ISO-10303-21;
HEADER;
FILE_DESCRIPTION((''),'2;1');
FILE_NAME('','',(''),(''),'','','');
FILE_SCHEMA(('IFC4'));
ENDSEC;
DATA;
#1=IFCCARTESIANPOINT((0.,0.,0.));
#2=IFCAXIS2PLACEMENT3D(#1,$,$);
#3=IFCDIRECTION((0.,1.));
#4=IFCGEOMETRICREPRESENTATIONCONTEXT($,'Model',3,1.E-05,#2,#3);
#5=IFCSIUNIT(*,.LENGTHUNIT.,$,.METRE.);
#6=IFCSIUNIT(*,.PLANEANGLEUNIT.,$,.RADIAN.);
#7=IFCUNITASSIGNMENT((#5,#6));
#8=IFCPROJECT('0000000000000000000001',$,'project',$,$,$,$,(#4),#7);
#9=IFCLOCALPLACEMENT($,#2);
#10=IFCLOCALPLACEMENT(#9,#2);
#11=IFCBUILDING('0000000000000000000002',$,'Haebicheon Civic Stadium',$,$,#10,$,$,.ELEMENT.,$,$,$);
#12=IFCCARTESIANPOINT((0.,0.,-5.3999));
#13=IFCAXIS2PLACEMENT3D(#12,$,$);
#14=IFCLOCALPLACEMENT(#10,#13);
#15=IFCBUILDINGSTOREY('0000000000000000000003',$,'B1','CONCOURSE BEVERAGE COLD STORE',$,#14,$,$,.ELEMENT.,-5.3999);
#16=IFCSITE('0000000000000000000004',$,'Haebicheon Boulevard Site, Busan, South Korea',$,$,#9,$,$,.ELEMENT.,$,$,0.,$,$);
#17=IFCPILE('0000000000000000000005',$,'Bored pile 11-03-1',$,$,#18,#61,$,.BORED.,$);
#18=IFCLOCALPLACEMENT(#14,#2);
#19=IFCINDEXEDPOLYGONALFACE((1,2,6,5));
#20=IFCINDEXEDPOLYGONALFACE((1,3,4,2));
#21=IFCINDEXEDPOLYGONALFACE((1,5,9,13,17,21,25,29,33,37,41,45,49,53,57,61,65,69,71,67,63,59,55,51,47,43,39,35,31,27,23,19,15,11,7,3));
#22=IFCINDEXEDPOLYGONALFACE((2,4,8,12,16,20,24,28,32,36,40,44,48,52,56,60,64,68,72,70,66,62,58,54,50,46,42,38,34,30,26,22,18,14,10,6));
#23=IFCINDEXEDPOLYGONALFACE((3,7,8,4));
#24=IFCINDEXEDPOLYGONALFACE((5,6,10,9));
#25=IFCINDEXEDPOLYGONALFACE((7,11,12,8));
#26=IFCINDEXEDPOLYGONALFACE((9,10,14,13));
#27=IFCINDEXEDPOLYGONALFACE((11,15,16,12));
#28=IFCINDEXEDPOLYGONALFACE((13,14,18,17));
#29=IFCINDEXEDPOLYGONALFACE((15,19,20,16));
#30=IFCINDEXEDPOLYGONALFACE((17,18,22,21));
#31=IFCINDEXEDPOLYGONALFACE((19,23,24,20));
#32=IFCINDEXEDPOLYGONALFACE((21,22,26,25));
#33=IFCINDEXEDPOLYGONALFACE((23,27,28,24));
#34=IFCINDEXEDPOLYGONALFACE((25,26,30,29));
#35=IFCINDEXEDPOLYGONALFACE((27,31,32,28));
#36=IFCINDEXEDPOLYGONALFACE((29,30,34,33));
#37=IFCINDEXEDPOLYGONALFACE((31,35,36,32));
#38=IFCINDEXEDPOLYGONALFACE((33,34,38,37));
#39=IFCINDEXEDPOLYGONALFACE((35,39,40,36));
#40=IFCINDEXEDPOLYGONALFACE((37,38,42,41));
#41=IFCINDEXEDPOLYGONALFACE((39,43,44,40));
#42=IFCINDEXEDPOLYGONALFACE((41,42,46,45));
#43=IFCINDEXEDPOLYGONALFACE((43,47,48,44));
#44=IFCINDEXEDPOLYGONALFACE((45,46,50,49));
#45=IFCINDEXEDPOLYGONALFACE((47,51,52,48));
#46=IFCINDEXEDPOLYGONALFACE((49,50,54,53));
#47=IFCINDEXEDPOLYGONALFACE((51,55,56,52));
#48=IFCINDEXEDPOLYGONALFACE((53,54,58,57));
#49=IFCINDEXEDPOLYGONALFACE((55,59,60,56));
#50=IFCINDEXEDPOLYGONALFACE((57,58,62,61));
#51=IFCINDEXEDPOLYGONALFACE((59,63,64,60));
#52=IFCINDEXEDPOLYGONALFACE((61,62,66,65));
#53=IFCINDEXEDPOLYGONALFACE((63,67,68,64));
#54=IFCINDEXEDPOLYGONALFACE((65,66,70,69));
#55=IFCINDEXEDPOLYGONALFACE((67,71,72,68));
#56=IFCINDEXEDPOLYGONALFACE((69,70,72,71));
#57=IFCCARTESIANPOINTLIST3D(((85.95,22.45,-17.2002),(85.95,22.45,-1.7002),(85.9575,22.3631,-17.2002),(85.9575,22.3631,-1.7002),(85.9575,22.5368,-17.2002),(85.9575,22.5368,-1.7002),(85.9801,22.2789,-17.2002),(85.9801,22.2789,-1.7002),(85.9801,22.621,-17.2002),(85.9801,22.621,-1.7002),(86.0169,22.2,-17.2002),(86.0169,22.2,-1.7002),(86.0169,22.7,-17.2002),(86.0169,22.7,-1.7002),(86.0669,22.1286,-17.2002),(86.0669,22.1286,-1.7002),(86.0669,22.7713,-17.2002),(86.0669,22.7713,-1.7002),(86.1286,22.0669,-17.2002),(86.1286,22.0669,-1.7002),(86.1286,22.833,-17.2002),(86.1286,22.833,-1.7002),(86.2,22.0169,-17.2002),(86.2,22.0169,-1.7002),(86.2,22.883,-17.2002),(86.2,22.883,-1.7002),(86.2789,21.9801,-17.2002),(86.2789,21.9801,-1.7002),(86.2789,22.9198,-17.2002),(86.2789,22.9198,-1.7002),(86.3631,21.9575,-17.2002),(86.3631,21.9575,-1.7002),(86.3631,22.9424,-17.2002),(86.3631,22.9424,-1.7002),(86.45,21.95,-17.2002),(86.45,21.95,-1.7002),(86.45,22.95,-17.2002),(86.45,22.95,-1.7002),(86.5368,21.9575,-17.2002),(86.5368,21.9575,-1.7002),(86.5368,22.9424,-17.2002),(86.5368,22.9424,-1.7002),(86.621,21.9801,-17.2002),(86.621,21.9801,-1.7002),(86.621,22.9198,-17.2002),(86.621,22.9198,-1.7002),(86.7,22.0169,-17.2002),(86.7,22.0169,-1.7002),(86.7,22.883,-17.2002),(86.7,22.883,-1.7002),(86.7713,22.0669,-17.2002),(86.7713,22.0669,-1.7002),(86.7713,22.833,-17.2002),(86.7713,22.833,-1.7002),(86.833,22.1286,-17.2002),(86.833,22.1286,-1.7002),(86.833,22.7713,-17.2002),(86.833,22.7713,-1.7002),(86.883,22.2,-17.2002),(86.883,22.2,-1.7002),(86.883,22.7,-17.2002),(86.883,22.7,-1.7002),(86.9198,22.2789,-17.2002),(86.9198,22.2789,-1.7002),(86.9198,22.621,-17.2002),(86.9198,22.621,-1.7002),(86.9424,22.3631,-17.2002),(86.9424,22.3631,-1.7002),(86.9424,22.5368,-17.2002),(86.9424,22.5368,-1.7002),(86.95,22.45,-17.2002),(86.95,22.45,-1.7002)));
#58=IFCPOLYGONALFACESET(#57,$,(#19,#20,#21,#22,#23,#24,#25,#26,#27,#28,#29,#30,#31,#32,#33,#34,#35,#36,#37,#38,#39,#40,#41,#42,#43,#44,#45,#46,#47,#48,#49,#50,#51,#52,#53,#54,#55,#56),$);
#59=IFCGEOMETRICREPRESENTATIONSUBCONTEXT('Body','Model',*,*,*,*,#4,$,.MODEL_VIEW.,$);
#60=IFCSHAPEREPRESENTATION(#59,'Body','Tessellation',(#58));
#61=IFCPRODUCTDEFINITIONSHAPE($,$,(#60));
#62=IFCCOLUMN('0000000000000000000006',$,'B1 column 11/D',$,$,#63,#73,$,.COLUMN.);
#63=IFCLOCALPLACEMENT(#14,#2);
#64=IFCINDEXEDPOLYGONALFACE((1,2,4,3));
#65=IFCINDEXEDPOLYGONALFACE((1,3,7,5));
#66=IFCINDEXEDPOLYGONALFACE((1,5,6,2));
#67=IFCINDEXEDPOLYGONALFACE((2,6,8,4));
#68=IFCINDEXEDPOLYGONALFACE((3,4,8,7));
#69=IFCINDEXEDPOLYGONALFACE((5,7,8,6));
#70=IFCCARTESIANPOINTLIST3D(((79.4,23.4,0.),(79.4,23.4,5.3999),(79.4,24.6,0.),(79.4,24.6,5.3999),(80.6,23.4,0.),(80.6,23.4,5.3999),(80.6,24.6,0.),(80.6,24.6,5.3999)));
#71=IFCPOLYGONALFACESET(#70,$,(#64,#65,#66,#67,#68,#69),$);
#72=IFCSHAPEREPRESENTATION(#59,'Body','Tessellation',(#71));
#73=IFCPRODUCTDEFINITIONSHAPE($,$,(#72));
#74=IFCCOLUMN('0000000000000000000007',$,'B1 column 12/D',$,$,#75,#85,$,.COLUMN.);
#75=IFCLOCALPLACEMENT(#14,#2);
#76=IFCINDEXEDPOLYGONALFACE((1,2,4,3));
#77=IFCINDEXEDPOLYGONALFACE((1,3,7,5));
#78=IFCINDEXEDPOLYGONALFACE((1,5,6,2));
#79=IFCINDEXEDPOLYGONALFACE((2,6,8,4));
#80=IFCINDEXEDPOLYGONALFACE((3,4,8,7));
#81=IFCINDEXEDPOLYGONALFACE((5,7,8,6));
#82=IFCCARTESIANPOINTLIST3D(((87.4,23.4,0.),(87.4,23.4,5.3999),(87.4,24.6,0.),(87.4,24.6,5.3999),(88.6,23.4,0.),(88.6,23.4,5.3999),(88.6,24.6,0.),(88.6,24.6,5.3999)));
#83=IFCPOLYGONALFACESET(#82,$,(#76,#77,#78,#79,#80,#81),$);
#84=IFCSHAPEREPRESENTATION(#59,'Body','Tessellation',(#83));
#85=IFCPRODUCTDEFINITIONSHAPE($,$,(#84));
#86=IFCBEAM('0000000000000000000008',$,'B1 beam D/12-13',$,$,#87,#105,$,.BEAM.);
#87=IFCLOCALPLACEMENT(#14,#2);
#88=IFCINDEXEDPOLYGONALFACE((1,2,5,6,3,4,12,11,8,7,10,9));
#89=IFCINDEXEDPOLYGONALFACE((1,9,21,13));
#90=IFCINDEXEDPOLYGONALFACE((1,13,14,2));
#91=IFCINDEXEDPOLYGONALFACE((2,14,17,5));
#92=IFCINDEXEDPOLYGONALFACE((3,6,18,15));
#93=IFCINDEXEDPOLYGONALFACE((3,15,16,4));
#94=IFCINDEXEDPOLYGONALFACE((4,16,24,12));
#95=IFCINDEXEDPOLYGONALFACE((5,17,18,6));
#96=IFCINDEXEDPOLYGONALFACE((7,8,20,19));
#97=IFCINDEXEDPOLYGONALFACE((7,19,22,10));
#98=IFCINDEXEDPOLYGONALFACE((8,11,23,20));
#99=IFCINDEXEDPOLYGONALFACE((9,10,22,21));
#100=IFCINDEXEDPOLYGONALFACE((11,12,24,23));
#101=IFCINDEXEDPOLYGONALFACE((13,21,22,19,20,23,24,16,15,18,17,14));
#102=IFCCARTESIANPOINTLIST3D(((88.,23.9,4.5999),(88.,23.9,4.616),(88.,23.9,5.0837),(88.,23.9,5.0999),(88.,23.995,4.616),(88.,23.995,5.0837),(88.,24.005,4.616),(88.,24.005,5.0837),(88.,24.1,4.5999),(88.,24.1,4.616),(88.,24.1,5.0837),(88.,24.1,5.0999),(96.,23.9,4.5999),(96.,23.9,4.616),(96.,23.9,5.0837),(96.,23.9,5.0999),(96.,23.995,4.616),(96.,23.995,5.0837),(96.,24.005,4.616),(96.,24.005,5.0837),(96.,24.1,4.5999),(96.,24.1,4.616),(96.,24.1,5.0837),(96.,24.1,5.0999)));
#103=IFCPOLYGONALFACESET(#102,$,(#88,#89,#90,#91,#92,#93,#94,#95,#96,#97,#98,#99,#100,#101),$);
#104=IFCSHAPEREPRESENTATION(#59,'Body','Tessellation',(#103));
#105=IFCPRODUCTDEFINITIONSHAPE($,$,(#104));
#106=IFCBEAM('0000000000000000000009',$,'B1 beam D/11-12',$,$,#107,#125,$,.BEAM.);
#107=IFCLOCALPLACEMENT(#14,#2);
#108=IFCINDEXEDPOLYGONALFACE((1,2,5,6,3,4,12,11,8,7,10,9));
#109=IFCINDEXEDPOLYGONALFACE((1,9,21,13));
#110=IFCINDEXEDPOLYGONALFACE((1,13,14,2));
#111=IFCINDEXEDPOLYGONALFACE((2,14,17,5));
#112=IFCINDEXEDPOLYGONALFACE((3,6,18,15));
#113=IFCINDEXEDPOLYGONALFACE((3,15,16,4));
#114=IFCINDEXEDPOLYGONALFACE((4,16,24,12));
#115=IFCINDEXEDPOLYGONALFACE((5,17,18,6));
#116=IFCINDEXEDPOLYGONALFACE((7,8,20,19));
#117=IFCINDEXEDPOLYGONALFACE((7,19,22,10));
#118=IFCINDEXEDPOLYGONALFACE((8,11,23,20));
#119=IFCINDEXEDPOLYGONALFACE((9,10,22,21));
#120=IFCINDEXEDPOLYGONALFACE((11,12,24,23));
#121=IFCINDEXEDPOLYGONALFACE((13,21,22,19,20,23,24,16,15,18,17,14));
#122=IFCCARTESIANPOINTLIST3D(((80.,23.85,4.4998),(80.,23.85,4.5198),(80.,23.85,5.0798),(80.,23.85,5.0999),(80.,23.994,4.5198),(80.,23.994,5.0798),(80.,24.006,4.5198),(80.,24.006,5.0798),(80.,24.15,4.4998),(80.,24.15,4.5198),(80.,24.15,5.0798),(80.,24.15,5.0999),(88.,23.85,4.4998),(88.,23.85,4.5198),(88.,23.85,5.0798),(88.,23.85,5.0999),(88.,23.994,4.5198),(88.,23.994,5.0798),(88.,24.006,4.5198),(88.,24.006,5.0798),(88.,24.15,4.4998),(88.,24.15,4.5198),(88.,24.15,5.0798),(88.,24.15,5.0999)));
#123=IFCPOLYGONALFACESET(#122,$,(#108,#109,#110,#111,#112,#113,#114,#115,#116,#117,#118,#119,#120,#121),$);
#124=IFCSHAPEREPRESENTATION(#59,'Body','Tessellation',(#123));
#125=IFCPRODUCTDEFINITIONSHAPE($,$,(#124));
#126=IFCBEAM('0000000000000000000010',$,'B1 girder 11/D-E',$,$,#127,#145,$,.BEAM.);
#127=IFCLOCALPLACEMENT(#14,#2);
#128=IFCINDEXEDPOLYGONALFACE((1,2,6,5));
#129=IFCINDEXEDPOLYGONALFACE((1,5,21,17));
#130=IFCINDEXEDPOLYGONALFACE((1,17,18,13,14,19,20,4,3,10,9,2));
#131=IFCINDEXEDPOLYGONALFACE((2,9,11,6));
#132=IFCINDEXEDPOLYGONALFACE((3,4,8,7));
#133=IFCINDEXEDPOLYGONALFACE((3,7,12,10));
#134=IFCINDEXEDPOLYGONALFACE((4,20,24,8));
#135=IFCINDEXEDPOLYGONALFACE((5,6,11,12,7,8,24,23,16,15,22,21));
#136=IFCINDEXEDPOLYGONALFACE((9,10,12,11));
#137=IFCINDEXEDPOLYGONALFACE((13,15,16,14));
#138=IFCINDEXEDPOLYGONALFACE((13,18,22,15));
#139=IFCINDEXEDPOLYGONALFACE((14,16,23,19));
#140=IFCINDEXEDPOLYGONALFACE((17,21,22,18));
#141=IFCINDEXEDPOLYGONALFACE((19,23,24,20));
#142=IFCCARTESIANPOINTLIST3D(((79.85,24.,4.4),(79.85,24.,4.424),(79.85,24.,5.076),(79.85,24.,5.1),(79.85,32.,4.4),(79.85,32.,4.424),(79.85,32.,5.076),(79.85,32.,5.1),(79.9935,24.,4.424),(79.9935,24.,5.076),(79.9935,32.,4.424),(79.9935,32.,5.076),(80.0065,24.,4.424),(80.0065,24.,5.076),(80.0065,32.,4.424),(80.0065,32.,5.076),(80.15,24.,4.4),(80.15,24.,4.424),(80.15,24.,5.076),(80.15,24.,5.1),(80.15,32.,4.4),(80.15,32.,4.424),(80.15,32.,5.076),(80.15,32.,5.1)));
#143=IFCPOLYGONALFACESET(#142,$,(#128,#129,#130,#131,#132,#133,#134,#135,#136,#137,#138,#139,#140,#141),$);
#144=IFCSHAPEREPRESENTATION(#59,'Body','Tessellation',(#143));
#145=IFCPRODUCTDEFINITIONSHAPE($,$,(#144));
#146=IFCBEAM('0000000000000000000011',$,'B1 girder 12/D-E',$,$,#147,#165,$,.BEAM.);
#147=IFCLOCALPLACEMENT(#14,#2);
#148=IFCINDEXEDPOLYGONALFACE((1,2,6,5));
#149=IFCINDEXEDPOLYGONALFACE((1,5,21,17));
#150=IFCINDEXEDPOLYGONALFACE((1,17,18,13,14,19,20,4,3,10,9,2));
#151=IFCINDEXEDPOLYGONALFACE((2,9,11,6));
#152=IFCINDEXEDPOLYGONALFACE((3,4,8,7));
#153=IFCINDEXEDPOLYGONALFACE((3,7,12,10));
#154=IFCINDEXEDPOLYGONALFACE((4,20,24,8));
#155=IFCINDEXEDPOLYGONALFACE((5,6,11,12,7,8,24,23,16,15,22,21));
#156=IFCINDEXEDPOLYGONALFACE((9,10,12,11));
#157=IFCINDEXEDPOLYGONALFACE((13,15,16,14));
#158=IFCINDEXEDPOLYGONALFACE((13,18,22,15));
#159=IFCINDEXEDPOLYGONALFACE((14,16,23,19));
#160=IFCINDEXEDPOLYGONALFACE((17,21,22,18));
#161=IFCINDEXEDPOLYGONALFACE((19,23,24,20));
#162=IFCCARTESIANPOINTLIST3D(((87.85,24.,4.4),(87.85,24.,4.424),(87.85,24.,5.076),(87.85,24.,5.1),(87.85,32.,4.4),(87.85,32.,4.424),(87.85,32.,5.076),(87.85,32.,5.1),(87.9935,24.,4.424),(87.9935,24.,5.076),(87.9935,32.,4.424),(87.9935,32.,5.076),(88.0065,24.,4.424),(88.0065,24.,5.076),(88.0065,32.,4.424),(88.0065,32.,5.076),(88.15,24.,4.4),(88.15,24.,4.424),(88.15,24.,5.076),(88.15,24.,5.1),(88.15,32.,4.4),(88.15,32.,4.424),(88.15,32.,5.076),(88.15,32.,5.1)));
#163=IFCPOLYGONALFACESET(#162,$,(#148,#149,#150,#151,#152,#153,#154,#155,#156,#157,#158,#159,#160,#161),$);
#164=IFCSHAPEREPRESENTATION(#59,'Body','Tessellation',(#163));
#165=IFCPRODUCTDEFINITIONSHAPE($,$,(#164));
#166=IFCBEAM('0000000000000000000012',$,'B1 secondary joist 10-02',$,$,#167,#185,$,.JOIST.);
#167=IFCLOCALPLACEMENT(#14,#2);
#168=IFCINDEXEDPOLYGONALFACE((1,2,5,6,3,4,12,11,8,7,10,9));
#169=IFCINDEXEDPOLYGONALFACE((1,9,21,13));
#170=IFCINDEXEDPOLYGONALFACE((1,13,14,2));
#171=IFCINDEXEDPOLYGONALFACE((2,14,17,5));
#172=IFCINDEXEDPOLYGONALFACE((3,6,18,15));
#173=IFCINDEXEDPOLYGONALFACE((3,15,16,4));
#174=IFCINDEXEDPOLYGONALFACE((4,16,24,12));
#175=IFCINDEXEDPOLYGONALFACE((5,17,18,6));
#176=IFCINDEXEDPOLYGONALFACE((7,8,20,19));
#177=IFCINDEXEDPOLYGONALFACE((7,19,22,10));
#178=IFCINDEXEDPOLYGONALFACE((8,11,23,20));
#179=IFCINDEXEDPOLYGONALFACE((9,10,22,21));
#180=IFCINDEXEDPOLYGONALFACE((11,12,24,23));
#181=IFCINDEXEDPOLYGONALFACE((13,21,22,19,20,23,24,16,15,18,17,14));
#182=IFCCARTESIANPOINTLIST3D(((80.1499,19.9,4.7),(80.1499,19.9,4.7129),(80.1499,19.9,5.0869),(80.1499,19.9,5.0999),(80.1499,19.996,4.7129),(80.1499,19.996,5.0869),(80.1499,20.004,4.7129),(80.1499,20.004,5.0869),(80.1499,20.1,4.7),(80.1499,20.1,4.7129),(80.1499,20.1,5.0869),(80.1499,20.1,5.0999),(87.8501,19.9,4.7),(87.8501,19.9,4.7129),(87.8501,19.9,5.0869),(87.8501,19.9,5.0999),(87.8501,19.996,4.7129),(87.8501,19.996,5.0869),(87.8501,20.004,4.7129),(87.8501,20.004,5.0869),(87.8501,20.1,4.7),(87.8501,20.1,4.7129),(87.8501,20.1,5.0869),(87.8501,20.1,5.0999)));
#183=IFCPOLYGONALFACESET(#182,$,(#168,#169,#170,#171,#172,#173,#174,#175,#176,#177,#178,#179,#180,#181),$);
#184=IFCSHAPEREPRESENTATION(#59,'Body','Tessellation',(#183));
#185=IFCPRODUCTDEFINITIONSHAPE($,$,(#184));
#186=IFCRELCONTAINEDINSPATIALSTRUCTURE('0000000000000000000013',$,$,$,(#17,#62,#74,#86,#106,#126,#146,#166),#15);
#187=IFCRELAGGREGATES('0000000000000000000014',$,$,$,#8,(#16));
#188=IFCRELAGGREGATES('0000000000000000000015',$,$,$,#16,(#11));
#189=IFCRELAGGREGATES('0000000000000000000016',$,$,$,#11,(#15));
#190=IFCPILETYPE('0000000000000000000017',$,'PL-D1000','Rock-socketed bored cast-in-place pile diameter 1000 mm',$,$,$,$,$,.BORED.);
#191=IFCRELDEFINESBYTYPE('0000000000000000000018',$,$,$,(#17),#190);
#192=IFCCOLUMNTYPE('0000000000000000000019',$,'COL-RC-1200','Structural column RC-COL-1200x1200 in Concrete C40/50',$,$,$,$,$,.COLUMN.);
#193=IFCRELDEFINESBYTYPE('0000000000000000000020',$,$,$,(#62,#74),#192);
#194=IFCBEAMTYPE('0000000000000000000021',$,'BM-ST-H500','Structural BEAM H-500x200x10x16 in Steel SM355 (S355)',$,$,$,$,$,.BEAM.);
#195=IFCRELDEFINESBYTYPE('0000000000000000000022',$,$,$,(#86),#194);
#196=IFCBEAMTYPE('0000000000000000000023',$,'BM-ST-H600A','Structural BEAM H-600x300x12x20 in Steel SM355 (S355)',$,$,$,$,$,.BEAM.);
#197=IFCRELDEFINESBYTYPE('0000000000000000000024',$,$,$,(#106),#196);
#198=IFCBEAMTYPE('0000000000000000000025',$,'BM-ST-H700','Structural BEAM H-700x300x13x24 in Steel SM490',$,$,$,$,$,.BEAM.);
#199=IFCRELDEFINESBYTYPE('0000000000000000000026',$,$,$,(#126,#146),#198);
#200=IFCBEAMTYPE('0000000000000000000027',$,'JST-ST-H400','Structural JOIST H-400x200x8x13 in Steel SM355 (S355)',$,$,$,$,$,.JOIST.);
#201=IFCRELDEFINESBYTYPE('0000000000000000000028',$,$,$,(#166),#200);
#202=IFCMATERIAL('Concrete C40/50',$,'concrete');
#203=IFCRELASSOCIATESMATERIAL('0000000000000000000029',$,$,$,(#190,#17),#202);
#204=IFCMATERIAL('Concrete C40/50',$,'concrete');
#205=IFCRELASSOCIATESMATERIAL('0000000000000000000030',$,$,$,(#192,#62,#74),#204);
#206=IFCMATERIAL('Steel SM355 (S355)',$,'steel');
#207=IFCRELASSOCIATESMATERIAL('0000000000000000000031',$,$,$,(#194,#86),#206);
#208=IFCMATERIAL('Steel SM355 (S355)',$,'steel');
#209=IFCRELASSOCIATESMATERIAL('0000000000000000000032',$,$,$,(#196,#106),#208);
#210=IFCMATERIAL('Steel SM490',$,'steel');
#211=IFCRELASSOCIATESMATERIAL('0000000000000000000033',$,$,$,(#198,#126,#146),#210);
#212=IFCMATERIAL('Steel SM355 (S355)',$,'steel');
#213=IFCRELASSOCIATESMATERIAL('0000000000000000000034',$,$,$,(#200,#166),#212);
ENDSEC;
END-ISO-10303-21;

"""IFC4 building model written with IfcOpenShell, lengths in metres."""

from ifc_helpers import new_model, si_unit, direction, frame, origin, origin_2d, place, context, subcontext, project, spatial, rectangle, circle, i_section, extrude, material, material_profile, profile_set, type_object, element, save


model = new_model("IFC4")

# Units and contexts
model_context = context("Model", 3, precision=1e-05, world=origin(), true_north=direction((0.0, 1.0)))
body_context = subcontext(model_context, "Body", "Model", "MODEL_VIEW")
ifc_project = project(units=[si_unit("LENGTHUNIT", "METRE"), si_unit("PLANEANGLEUNIT", "RADIAN")], contexts=[model_context])

# Site, building, storey
site_placement = place(None, origin())
site = spatial("IfcSite", under=ifc_project, at=site_placement, Name="Haebicheon Boulevard Site, Busan, South Korea", CompositionType="ELEMENT", RefElevation=0.0)
building_placement = place(site_placement, origin())
building = spatial("IfcBuilding", under=site, at=building_placement, Name="Haebicheon Civic Stadium", CompositionType="ELEMENT")
storey_placement = place(building_placement, frame((0.0, 0.0, -5.3999)))
storey = spatial("IfcBuildingStorey", under=building, at=storey_placement, Name="B1", Description="CONCOURSE BEVERAGE COLD STORE", CompositionType="ELEMENT", Elevation=-5.3999)

# Pile
ifc_material_1 = material(Name="Concrete C40/50", Category="concrete")
ifc_material_profile_1 = material_profile(ifc_material_1, circle(Radius=0.5, at=origin_2d()), Name="PILE-D1000")
ifc_profile_set_1 = profile_set([ifc_material_profile_1], Name="Concrete C40/50")
pile_type = type_object("IfcPileType", Name="PL-D1000", Description="Rock-socketed bored cast-in-place pile diameter 1000 mm", PredefinedType="BORED", material=ifc_profile_set_1)
for number, where, z_axis, x_axis, name in (
    (1, (86.45, 22.45, -1.7002), (0.0, 0.0, -1.0), (1.0, 0.0, 0.0), "Bored pile 11-03-1"),
):
    element("IfcPile", number, at=place(storey_placement, frame(where, z_axis=z_axis, x_axis=x_axis)), inside=storey, type_object=pile_type, material=ifc_profile_set_1, Name=name, PredefinedType="BORED", context=body_context, shape_type="SweptSolid", body=[
        extrude(circle(Radius=0.5, at=origin_2d()), origin(), (0.0, 0.0, 1.0), 15.5),
    ])

# Columns
ifc_material_2 = material(Name="Concrete C40/50", Category="concrete")
ifc_material_profile_2 = material_profile(ifc_material_2, rectangle(XDim=1.2, YDim=1.2, at=origin_2d()), Name="RC-COL-1200x1200")
ifc_profile_set_2 = profile_set([ifc_material_profile_2], Name="Concrete C40/50")
column_type = type_object("IfcColumnType", Name="COL-RC-1200", Description="Structural column RC-COL-1200x1200 in Concrete C40/50", PredefinedType="COLUMN", material=ifc_profile_set_2)
for number, where, z_axis, x_axis, name in (
    (2, (80.0, 24.0, 0.0), (0.0, 0.0, 1.0), (1.0, 0.0, 0.0), "B1 column 11/D"),
    (3, (88.0, 24.0, 0.0), (0.0, 0.0, 1.0), (1.0, 0.0, 0.0), "B1 column 12/D"),
):
    element("IfcColumn", number, at=place(storey_placement, frame(where, z_axis=z_axis, x_axis=x_axis)), inside=storey, type_object=column_type, material=ifc_profile_set_2, Name=name, PredefinedType="COLUMN", context=body_context, shape_type="SweptSolid", body=[
        extrude(rectangle(XDim=1.2, YDim=1.2, at=origin_2d()), origin(), (0.0, 0.0, 1.0), 5.3999),
    ])

# Beams
ifc_material_3 = material(Name="Steel SM355 (S355)", Category="steel")
ifc_material_profile_3 = material_profile(ifc_material_3, i_section(OverallWidth=0.2, OverallDepth=0.5, WebThickness=0.01, FlangeThickness=0.0161, at=origin_2d()), Name="H-500x200x10x16")
ifc_profile_set_3 = profile_set([ifc_material_profile_3], Name="Steel SM355 (S355)")
beam_type_1 = type_object("IfcBeamType", Name="BM-ST-H500", Description="Structural BEAM H-500x200x10x16 in Steel SM355 (S355)", PredefinedType="BEAM", material=ifc_profile_set_3)
beam_1_placement = place(storey_placement, frame((88.0, 24.0, 4.8499), z_axis=(1.0, 0.0, 0.0), x_axis=(0.0, 1.0, 0.0)))
element("IfcBeam", 4, at=beam_1_placement, inside=storey, type_object=beam_type_1, material=ifc_profile_set_3, Name="B1 beam D/12-13", PredefinedType="BEAM", context=body_context, shape_type="SweptSolid", body=[
    extrude(i_section(OverallWidth=0.2, OverallDepth=0.5, WebThickness=0.01, FlangeThickness=0.0161, at=origin_2d()), origin(), (0.0, 0.0, 1.0), 8.0),
])
ifc_material_4 = material(Name="Steel SM355 (S355)", Category="steel")
ifc_material_profile_4 = material_profile(ifc_material_4, i_section(OverallWidth=0.3, OverallDepth=0.6001, WebThickness=0.012, FlangeThickness=0.02, at=origin_2d()), Name="H-600x300x12x20")
ifc_profile_set_4 = profile_set([ifc_material_profile_4], Name="Steel SM355 (S355)")
beam_type_2 = type_object("IfcBeamType", Name="BM-ST-H600A", Description="Structural BEAM H-600x300x12x20 in Steel SM355 (S355)", PredefinedType="BEAM", material=ifc_profile_set_4)
beam_2_placement = place(storey_placement, frame((80.0, 24.0, 4.7998), z_axis=(1.0, 0.0, 0.0), x_axis=(0.0, 1.0, 0.0)))
element("IfcBeam", 5, at=beam_2_placement, inside=storey, type_object=beam_type_2, material=ifc_profile_set_4, Name="B1 beam D/11-12", PredefinedType="BEAM", context=body_context, shape_type="SweptSolid", body=[
    extrude(i_section(OverallWidth=0.3, OverallDepth=0.6001, WebThickness=0.012, FlangeThickness=0.02, at=origin_2d()), origin(), (0.0, 0.0, 1.0), 8.0),
])
ifc_material_5 = material(Name="Steel SM490", Category="steel")
ifc_material_profile_5 = material_profile(ifc_material_5, i_section(OverallWidth=0.3, OverallDepth=0.7, WebThickness=0.0129, FlangeThickness=0.0239, at=origin_2d()), Name="H-700x300x13x24")
ifc_profile_set_5 = profile_set([ifc_material_profile_5], Name="Steel SM490")
beam_type_3 = type_object("IfcBeamType", Name="BM-ST-H700", Description="Structural BEAM H-700x300x13x24 in Steel SM490", PredefinedType="BEAM", material=ifc_profile_set_5)
for number, where, z_axis, x_axis, name in (
    (6, (80.0, 24.0, 4.75), (0.0, 1.0, 0.0), (-1.0, 0.0, 0.0), "B1 girder 11/D-E"),
    (7, (88.0, 24.0, 4.75), (0.0, 1.0, 0.0), (-1.0, 0.0, 0.0), "B1 girder 12/D-E"),
):
    element("IfcBeam", number, at=place(storey_placement, frame(where, z_axis=z_axis, x_axis=x_axis)), inside=storey, type_object=beam_type_3, material=ifc_profile_set_5, Name=name, PredefinedType="BEAM", context=body_context, shape_type="SweptSolid", body=[
        extrude(i_section(OverallWidth=0.3, OverallDepth=0.7, WebThickness=0.0129, FlangeThickness=0.0239, at=origin_2d()), origin(), (0.0, 0.0, 1.0), 8.0),
    ])
ifc_material_6 = material(Name="Steel SM355 (S355)", Category="steel")
ifc_material_profile_6 = material_profile(ifc_material_6, i_section(OverallWidth=0.2, OverallDepth=0.3999, WebThickness=0.0081, FlangeThickness=0.0129, at=origin_2d()), Name="H-400x200x8x13")
ifc_profile_set_6 = profile_set([ifc_material_profile_6], Name="Steel SM355 (S355)")
beam_type_4 = type_object("IfcBeamType", Name="JST-ST-H400", Description="Structural JOIST H-400x200x8x13 in Steel SM355 (S355)", PredefinedType="JOIST", material=ifc_profile_set_6)
beam_3_placement = place(storey_placement, frame((80.1499, 20.0, 4.8999), z_axis=(1.0, 0.0, 0.0), x_axis=(0.0, 1.0, 0.0)))
element("IfcBeam", 8, at=beam_3_placement, inside=storey, type_object=beam_type_4, material=ifc_profile_set_6, Name="B1 secondary joist 10-02", PredefinedType="JOIST", context=body_context, shape_type="SweptSolid", body=[
    extrude(i_section(OverallWidth=0.2, OverallDepth=0.3999, WebThickness=0.0081, FlangeThickness=0.0129, at=origin_2d()), origin(), (0.0, 0.0, 1.0), 7.7002),
])

save(model, "model.ifc")
